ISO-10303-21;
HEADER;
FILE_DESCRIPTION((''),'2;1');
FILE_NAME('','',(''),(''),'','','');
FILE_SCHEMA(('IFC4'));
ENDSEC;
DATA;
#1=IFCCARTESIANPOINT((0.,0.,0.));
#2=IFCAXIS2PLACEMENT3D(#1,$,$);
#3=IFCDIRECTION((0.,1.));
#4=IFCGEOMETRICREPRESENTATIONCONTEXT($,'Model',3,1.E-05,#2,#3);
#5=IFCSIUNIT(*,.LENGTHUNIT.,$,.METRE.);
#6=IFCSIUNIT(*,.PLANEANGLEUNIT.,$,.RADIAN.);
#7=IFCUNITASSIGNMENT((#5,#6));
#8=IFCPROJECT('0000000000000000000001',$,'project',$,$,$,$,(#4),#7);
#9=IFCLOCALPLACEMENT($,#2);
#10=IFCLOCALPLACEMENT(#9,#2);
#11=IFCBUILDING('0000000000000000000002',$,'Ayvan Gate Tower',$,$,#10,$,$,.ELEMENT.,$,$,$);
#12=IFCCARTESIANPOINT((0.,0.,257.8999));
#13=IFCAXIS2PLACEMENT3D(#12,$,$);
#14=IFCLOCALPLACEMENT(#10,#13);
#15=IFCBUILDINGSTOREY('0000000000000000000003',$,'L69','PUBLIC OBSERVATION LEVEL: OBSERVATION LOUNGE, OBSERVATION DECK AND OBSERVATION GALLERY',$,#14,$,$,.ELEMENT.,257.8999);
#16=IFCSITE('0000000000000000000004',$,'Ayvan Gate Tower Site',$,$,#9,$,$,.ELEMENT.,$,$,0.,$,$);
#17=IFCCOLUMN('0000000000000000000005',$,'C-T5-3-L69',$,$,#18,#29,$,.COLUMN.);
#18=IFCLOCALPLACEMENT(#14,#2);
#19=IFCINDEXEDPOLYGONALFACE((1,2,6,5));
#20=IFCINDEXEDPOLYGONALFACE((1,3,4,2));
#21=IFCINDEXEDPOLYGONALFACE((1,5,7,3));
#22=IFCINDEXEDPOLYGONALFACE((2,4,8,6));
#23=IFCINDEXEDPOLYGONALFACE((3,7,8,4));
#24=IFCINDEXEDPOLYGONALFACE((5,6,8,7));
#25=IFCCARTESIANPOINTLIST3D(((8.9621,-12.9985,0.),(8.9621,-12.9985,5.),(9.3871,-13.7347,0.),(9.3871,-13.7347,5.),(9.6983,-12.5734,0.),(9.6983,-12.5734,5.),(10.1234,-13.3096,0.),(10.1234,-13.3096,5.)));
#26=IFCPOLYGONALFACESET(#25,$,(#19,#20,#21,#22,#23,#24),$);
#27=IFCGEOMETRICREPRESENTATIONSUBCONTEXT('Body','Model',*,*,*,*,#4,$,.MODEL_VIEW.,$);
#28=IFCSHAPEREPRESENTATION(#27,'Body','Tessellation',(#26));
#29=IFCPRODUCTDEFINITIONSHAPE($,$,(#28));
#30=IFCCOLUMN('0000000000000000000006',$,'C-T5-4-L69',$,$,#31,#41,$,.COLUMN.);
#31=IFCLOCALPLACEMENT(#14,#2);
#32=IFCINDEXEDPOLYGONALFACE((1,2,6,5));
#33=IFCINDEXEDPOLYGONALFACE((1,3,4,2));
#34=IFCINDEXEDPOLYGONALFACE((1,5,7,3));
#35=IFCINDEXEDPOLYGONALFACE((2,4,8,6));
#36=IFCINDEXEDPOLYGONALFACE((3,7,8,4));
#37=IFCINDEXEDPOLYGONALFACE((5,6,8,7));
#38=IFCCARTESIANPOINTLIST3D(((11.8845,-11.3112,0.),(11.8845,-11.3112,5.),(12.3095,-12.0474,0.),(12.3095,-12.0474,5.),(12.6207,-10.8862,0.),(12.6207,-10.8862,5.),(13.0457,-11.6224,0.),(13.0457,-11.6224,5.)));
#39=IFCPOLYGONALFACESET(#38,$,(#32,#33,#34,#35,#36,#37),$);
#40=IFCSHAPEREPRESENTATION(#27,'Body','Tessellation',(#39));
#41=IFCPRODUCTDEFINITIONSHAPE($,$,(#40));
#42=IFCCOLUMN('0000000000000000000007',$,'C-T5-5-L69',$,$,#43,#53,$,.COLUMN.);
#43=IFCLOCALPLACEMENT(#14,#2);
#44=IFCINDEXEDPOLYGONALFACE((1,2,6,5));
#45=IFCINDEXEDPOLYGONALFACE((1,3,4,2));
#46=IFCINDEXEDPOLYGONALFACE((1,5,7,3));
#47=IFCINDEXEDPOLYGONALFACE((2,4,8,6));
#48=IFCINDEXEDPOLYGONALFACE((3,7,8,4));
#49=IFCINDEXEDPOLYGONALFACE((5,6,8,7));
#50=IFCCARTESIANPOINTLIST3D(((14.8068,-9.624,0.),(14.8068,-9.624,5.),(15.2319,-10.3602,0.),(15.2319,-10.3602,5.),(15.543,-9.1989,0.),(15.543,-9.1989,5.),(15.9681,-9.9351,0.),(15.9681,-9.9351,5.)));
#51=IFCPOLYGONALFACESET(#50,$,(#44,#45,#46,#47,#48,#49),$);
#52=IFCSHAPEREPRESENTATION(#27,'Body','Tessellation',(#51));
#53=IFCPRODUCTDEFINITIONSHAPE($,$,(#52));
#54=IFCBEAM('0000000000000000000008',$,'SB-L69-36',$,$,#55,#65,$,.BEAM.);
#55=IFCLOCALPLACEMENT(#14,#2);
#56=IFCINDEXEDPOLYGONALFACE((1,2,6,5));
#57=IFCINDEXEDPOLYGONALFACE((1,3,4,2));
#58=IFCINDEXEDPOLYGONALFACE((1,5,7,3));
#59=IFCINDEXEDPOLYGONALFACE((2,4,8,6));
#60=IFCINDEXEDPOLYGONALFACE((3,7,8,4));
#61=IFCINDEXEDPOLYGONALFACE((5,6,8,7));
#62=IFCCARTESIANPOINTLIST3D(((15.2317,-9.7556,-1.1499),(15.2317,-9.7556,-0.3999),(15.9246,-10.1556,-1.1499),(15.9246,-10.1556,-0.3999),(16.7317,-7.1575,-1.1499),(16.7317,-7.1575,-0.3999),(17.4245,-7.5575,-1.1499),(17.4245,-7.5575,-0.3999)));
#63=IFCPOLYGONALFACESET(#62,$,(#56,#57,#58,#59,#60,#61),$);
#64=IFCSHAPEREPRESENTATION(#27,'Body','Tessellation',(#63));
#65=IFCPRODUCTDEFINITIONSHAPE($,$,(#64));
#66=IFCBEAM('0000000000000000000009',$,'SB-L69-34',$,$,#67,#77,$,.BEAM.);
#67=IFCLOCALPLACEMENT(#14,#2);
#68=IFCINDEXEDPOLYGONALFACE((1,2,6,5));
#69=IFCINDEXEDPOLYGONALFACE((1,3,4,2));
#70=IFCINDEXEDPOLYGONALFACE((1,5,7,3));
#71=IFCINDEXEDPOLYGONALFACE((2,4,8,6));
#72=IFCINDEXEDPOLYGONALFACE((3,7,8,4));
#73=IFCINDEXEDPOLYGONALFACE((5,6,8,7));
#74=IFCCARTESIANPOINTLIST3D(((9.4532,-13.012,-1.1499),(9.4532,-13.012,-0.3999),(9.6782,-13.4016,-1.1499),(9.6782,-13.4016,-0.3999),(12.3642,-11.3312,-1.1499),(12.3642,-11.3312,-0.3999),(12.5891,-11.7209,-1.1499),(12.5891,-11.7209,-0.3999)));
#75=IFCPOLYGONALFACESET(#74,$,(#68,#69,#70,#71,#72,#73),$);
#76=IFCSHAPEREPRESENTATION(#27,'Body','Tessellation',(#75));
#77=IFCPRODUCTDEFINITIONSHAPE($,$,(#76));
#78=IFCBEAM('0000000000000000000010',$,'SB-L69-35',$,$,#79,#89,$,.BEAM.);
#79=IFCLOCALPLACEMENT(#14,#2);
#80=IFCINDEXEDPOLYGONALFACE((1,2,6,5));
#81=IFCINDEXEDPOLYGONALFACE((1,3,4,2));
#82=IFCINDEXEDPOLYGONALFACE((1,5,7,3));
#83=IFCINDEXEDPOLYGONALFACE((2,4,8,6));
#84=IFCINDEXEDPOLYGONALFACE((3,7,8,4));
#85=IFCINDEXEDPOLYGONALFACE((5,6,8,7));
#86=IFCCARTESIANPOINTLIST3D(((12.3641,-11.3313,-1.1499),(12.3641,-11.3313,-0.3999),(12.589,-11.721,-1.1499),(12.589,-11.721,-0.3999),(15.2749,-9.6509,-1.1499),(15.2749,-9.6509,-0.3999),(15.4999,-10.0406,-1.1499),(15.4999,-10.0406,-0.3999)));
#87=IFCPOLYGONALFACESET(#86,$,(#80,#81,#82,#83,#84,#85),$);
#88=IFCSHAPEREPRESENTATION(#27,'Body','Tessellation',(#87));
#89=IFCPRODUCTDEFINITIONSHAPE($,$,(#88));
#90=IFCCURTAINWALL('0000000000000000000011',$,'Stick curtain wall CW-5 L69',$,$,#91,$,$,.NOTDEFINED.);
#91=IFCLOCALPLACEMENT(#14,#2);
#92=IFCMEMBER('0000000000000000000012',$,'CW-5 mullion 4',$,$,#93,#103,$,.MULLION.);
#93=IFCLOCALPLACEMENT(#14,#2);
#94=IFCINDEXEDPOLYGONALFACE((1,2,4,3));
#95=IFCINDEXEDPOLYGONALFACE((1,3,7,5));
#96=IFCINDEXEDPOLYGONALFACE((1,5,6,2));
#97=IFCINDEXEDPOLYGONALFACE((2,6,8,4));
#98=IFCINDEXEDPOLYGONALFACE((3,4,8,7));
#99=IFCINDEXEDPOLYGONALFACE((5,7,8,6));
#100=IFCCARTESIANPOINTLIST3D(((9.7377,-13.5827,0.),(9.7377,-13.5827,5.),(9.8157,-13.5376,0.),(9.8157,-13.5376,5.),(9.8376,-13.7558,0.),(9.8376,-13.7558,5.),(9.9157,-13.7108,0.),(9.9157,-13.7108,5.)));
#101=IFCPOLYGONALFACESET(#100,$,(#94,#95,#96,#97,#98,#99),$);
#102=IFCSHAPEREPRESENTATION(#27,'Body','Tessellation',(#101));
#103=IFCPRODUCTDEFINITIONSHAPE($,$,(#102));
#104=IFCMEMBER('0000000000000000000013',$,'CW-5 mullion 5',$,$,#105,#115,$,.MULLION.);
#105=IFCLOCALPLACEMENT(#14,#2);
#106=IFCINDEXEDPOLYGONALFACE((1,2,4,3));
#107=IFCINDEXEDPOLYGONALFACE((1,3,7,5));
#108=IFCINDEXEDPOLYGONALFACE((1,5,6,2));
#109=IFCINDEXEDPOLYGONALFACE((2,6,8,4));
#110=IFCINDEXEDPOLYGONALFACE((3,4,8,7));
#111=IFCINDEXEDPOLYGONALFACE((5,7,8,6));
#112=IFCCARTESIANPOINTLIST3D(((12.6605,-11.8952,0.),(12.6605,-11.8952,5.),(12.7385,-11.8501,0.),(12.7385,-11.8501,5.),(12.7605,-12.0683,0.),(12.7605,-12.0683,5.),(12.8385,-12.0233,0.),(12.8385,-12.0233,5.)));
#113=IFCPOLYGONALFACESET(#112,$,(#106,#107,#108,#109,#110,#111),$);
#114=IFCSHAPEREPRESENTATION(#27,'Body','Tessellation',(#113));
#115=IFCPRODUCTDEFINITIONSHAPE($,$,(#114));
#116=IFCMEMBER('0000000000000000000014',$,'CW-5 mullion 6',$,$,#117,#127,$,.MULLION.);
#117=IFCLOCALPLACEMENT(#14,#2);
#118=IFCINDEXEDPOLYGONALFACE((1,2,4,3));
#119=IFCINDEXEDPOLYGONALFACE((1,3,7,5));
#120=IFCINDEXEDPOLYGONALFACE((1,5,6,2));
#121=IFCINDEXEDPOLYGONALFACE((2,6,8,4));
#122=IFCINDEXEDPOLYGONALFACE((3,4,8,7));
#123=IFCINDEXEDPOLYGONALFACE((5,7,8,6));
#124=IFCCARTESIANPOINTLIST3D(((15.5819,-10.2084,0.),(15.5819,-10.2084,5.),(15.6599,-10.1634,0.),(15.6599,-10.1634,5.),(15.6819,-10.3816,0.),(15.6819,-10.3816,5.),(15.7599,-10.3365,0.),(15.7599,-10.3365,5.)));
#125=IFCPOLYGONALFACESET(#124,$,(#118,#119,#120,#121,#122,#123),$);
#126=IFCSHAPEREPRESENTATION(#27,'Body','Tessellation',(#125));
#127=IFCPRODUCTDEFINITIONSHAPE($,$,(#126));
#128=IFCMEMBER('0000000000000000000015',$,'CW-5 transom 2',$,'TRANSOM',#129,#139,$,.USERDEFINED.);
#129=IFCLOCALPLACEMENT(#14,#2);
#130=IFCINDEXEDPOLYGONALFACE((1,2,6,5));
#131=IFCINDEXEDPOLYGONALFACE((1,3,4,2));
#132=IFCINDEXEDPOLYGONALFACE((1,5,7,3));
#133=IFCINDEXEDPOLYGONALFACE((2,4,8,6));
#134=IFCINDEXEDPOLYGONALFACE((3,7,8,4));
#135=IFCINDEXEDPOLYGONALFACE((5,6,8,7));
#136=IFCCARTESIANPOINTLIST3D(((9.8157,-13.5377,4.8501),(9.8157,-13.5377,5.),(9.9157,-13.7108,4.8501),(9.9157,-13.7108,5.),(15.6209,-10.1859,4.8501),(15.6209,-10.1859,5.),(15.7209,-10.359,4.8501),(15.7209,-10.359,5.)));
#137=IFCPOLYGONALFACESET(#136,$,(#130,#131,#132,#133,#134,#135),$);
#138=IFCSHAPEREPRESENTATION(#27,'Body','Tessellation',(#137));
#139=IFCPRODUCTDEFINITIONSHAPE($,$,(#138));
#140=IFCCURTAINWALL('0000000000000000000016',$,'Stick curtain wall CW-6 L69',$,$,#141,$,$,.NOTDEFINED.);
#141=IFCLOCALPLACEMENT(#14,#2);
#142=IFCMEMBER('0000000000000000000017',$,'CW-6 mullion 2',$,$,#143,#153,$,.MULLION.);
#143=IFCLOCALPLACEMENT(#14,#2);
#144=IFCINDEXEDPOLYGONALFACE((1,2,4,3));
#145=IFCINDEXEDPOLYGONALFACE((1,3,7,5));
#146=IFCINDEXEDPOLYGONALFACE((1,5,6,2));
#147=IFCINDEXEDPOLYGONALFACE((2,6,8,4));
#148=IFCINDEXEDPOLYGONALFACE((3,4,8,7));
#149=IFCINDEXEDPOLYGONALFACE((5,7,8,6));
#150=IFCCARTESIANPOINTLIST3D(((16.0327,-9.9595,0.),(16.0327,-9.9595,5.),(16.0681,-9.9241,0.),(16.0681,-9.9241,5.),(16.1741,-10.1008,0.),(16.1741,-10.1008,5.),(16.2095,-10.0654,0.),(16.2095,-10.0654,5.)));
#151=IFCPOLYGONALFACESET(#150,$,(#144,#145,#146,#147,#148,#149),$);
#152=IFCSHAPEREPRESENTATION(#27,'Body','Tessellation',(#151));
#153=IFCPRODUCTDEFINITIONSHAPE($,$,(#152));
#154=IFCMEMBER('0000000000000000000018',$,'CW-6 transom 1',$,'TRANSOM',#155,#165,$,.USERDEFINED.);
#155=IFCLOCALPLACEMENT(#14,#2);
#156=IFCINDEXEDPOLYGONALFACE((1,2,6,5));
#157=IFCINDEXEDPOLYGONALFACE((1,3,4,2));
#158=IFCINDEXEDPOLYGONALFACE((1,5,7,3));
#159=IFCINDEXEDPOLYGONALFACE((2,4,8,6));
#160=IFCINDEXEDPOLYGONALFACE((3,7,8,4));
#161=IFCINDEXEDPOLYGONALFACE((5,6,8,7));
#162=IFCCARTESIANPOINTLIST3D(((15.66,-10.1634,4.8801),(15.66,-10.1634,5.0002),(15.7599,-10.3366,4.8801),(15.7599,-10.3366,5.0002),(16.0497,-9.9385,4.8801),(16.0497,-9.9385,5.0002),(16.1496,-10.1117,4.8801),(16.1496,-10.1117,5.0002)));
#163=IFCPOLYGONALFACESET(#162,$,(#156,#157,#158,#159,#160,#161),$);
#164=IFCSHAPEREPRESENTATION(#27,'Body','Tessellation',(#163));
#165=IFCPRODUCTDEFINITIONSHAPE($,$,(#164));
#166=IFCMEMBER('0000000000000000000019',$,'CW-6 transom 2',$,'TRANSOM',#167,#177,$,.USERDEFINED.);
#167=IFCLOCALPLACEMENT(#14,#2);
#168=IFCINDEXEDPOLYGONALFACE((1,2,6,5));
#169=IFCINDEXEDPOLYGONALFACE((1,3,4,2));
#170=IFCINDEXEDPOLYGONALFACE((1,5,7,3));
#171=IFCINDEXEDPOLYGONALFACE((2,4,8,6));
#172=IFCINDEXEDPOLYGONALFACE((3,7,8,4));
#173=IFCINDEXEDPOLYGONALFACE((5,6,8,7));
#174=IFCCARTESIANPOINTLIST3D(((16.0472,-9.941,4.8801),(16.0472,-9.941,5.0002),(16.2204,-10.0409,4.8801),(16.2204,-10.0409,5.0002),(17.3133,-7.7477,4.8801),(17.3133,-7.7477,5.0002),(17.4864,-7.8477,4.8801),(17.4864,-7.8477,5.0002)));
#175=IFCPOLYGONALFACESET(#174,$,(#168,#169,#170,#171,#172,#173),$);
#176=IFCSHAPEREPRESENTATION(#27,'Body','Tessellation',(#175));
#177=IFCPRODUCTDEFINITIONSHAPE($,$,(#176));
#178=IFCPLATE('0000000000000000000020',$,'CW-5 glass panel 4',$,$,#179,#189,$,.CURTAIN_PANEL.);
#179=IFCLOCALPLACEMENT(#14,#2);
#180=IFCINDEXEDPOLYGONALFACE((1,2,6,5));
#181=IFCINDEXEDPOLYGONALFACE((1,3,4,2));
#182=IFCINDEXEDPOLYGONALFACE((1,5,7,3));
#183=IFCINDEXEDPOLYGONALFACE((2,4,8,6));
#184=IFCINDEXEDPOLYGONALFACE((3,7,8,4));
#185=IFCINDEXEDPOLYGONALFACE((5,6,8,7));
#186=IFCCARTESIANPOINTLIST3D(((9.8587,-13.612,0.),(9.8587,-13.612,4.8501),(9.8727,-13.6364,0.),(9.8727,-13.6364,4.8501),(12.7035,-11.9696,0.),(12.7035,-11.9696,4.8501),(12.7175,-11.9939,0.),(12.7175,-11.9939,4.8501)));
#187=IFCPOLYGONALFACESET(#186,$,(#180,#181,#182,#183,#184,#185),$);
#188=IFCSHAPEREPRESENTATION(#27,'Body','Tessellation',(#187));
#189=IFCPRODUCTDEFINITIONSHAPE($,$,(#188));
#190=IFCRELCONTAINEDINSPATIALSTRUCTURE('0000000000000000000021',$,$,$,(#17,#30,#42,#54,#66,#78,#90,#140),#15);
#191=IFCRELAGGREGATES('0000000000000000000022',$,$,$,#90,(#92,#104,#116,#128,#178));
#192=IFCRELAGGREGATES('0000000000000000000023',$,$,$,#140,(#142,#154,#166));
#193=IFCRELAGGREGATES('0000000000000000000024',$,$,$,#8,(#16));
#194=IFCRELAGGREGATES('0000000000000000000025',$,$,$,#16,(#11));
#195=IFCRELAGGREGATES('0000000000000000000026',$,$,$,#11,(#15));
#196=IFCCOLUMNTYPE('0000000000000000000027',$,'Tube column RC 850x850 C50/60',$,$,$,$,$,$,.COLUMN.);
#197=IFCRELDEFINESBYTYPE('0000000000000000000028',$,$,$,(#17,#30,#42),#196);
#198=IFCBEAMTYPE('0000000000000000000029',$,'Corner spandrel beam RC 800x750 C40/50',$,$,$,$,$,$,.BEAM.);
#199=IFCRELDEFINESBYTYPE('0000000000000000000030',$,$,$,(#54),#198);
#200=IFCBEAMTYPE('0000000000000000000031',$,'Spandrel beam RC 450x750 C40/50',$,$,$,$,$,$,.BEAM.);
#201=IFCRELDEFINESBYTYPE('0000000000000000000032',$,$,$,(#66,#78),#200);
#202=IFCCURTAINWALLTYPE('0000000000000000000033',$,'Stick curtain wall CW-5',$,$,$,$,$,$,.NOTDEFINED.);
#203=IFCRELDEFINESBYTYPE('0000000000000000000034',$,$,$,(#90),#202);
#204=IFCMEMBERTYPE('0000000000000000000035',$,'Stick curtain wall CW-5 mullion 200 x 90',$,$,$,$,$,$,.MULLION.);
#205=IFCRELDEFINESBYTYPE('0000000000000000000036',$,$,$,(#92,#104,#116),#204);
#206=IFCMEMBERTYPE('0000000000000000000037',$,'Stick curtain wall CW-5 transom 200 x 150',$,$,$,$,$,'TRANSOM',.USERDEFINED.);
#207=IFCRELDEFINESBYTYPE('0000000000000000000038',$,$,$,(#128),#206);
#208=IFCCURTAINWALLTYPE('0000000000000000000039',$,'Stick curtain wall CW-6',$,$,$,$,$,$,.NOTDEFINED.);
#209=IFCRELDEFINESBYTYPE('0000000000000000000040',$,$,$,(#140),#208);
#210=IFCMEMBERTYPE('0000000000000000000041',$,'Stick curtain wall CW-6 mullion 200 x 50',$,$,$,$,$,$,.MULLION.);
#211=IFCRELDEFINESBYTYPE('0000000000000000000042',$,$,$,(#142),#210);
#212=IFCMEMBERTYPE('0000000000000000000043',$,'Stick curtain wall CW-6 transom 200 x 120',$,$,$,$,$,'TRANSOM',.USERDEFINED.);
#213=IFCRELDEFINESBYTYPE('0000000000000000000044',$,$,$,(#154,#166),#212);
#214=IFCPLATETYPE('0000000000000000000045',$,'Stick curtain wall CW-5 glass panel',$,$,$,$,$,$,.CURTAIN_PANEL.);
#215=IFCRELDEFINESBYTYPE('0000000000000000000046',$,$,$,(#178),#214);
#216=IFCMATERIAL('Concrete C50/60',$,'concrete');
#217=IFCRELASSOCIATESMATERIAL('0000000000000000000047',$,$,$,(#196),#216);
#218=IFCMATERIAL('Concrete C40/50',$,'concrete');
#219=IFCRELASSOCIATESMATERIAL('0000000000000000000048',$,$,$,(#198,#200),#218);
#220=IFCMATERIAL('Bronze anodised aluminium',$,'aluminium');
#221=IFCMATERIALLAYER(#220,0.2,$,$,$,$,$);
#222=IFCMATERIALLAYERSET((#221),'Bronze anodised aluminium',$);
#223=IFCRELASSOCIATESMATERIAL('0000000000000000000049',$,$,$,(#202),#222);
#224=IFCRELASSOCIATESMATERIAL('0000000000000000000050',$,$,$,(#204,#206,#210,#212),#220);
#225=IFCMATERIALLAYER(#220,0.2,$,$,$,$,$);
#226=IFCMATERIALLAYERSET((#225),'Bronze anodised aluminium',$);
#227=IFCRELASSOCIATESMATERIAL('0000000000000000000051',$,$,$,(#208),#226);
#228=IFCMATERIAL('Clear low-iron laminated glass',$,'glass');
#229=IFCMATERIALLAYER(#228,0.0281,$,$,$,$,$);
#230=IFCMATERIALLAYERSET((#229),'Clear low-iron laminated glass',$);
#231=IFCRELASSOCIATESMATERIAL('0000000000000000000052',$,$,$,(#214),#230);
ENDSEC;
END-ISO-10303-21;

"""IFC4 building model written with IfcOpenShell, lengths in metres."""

from ifc_helpers import new_model, si_unit, direction, frame, origin, origin_2d, place, context, subcontext, project, spatial, rectangle, extrude, material, layer, layer_set, material_profile, profile_set, type_object, element, aggregate, save


model = new_model("IFC4")

# Units and contexts
model_context = context("Model", 3, precision=1e-05, world=origin(), true_north=direction((0.0, 1.0)))
body_context = subcontext(model_context, "Body", "Model", "MODEL_VIEW")
ifc_project = project(units=[si_unit("LENGTHUNIT", "METRE"), si_unit("PLANEANGLEUNIT", "RADIAN")], contexts=[model_context])

# Site, building, storey
site_placement = place(None, origin())
site = spatial("IfcSite", under=ifc_project, at=site_placement, Name="Ayvan Gate Tower Site", CompositionType="ELEMENT", RefElevation=0.0)
building_placement = place(site_placement, origin())
building = spatial("IfcBuilding", under=site, at=building_placement, Name="Ayvan Gate Tower", CompositionType="ELEMENT")
storey_placement = place(building_placement, frame((0.0, 0.0, 257.8999)))
storey = spatial("IfcBuildingStorey", under=building, at=storey_placement, Name="L69", Description="PUBLIC OBSERVATION LEVEL: OBSERVATION LOUNGE, OBSERVATION DECK AND OBSERVATION GALLERY", CompositionType="ELEMENT", Elevation=257.8999)

# Columns
ifc_material_1 = material(Name="Concrete C50/60", Category="concrete")
ifc_material_profile_1 = material_profile(ifc_material_1, rectangle(XDim=0.8501, YDim=0.8501, at=origin_2d()), Name="RC 850x850")
ifc_profile_set_1 = profile_set([ifc_material_profile_1], Name="Concrete C50/60")
column_type = type_object("IfcColumnType", Name="Tube column RC 850x850 C50/60", PredefinedType="COLUMN", material=ifc_profile_set_1)
for number, where, z_axis, x_axis, name in (
    (1, (9.5427, -13.1541, 0.0), (0.0, 0.0, 1.0), (0.5, -0.866025, 0.0), "C-T5-3-L69"),
    (2, (12.4651, -11.4668, 0.0), (0.0, 0.0, 1.0), (0.5, -0.866025, 0.0), "C-T5-4-L69"),
    (3, (15.3875, -9.7795, 0.0), (0.0, 0.0, 1.0), (0.5, -0.866025, 0.0), "C-T5-5-L69"),
):
    element("IfcColumn", number, at=place(storey_placement, frame(where, z_axis=z_axis, x_axis=x_axis)), inside=storey, type_object=column_type, Name=name, PredefinedType="COLUMN", context=body_context, shape_type="SweptSolid", body=[
        extrude(rectangle(XDim=0.8501, YDim=0.8501, at=origin_2d()), origin(), (0.0, 0.0, 1.0), 5.0),
    ])

# Beams
ifc_material_2 = material(Name="Concrete C40/50", Category="concrete")
ifc_material_profile_2 = material_profile(ifc_material_2, rectangle(XDim=0.8, YDim=0.75, at=origin_2d()), Name="RC 800x750")
ifc_profile_set_2 = profile_set([ifc_material_profile_2], Name="Concrete C40/50")
beam_type_1 = type_object("IfcBeamType", Name="Corner spandrel beam RC 800x750 C40/50", PredefinedType="BEAM", material=ifc_profile_set_2)
beam_1_placement = place(storey_placement, frame((15.5781, -9.9556, -0.7749), z_axis=(0.49999, 0.866031, 0.0), x_axis=(-0.866031, 0.49999, 0.0)))
element("IfcBeam", 4, at=beam_1_placement, inside=storey, type_object=beam_type_1, Name="SB-L69-36", PredefinedType="BEAM", context=body_context, shape_type="SweptSolid", body=[
    extrude(rectangle(XDim=0.8, YDim=0.75, at=origin_2d()), origin(), (0.0, 0.0, 1.0), 3.0),
])
ifc_material_profile_3 = material_profile(ifc_material_2, rectangle(XDim=0.45, YDim=0.75, at=origin_2d()), Name="RC 450x750")
ifc_profile_set_3 = profile_set([ifc_material_profile_3], Name="Concrete C40/50")
beam_type_2 = type_object("IfcBeamType", Name="Spandrel beam RC 450x750 C40/50", PredefinedType="BEAM", material=ifc_profile_set_3)
beam_2_placement = place(storey_placement, frame((9.5657, -13.2068, -0.7749), z_axis=(0.866017, 0.500014, 0.0), x_axis=(-0.500014, 0.866017, 0.0)))
element("IfcBeam", 5, at=beam_2_placement, inside=storey, type_object=beam_type_2, Name="SB-L69-34", PredefinedType="BEAM", context=body_context, shape_type="SweptSolid", body=[
    extrude(rectangle(XDim=0.45, YDim=0.75, at=origin_2d()), origin(), (0.0, 0.0, 1.0), 3.3613),
])
beam_3_placement = place(storey_placement, frame((12.4766, -11.5261, -0.7749), z_axis=(0.866049, 0.499959, 0.0), x_axis=(-0.499959, 0.866049, 0.0)))
element("IfcBeam", 6, at=beam_3_placement, inside=storey, type_object=beam_type_2, Name="SB-L69-35", PredefinedType="BEAM", context=body_context, shape_type="SweptSolid", body=[
    extrude(rectangle(XDim=0.45, YDim=0.75, at=origin_2d()), origin(), (0.0, 0.0, 1.0), 3.3611),
])

# Curtain walls, members
ifc_material_3 = material(Name="Bronze anodised aluminium", Category="aluminium")
ifc_layer_1 = layer(ifc_material_3, 0.2)
ifc_layer_set_1 = layer_set([ifc_layer_1], Name="Bronze anodised aluminium")
curtain_wall_type_1 = type_object("IfcCurtainWallType", Name="Stick curtain wall CW-5", PredefinedType="NOTDEFINED", material=ifc_layer_set_1)
curtain_wall_1_placement = place(storey_placement, origin())
curtain_wall_1 = element("IfcCurtainWall", 7, at=curtain_wall_1_placement, inside=storey, type_object=curtain_wall_type_1, Name="Stick curtain wall CW-5 L69", PredefinedType="NOTDEFINED")
ifc_material_profile_4 = material_profile(ifc_material_3, rectangle(XDim=0.2, YDim=0.0901, at=origin_2d()), Name="Stick curtain wall CW-5 mullion 200 x 90")
ifc_profile_set_4 = profile_set([ifc_material_profile_4], Name="Bronze anodised aluminium")
member_type_1 = type_object("IfcMemberType", Name="Stick curtain wall CW-5 mullion 200 x 90", PredefinedType="MULLION", material=ifc_profile_set_4)
member_1_placement = place(storey_placement, frame((9.8267, -13.6467, 0.0), z_axis=(0.0, 0.0, 1.0), x_axis=(0.5, -0.866025, 0.0)))
member_1 = element("IfcMember", 8, at=member_1_placement, type_object=member_type_1, Name="CW-5 mullion 4", PredefinedType="MULLION", context=body_context, shape_type="SweptSolid", body=[
    extrude(rectangle(XDim=0.2, YDim=0.0901, at=origin_2d()), origin(), (0.0, 0.0, 1.0), 5.0),
])
member_2_placement = place(storey_placement, frame((12.7495, -11.9592, 0.0), z_axis=(0.0, 0.0, 1.0), x_axis=(0.5, -0.866025, 0.0)))
member_2 = element("IfcMember", 9, at=member_2_placement, type_object=member_type_1, Name="CW-5 mullion 5", PredefinedType="MULLION", context=body_context, shape_type="SweptSolid", body=[
    extrude(rectangle(XDim=0.2, YDim=0.0901, at=origin_2d()), origin(), (0.0, 0.0, 1.0), 5.0),
])
member_3_placement = place(storey_placement, frame((15.6709, -10.2725, 0.0), z_axis=(0.0, 0.0, 1.0), x_axis=(0.5, -0.866025, 0.0)))
member_3 = element("IfcMember", 10, at=member_3_placement, type_object=member_type_1, Name="CW-5 mullion 6", PredefinedType="MULLION", context=body_context, shape_type="SweptSolid", body=[
    extrude(rectangle(XDim=0.2, YDim=0.0901, at=origin_2d()), origin(), (0.0, 0.0, 1.0), 5.0),
])
ifc_material_profile_5 = material_profile(ifc_material_3, rectangle(XDim=0.2, YDim=0.1499, at=origin_2d()), Name="Stick curtain wall CW-5 transom 200 x 150")
ifc_profile_set_5 = profile_set([ifc_material_profile_5], Name="Bronze anodised aluminium")
member_type_2 = type_object("IfcMemberType", Name="Stick curtain wall CW-5 transom 200 x 150", ElementType="TRANSOM", PredefinedType="USERDEFINED", material=ifc_profile_set_5)
member_4_placement = place(storey_placement, frame((9.8657, -13.6243, 4.925), z_axis=(0.866013, 0.500021, 0.0), x_axis=(-0.500021, 0.866013, 0.0)))
member_4 = element("IfcMember", 11, at=member_4_placement, type_object=member_type_2, Name="CW-5 transom 2", ObjectType="TRANSOM", PredefinedType="USERDEFINED", context=body_context, shape_type="SweptSolid", body=[
    extrude(rectangle(XDim=0.2, YDim=0.1499, at=origin_2d()), origin(), (0.0, 0.0, 1.0), 6.7034),
])
ifc_layer_2 = layer(ifc_material_3, 0.2)
ifc_layer_set_2 = layer_set([ifc_layer_2], Name="Bronze anodised aluminium")
curtain_wall_type_2 = type_object("IfcCurtainWallType", Name="Stick curtain wall CW-6", PredefinedType="NOTDEFINED", material=ifc_layer_set_2)
curtain_wall_2_placement = place(storey_placement, origin())
curtain_wall_2 = element("IfcCurtainWall", 12, at=curtain_wall_2_placement, inside=storey, type_object=curtain_wall_type_2, Name="Stick curtain wall CW-6 L69", PredefinedType="NOTDEFINED")
ifc_material_profile_6 = material_profile(ifc_material_3, rectangle(XDim=0.2, YDim=0.05, at=origin_2d()), Name="Stick curtain wall CW-6 mullion 200 x 50")
ifc_profile_set_6 = profile_set([ifc_material_profile_6], Name="Bronze anodised aluminium")
member_type_3 = type_object("IfcMemberType", Name="Stick curtain wall CW-6 mullion 200 x 50", PredefinedType="MULLION", material=ifc_profile_set_6)
member_5_placement = place(storey_placement, frame((16.1211, -10.0125, 0.0), z_axis=(0.0, 0.0, 1.0), x_axis=(0.707107, -0.707107, 0.0)))
member_5 = element("IfcMember", 13, at=member_5_placement, type_object=member_type_3, Name="CW-6 mullion 2", PredefinedType="MULLION", context=body_context, shape_type="SweptSolid", body=[
    extrude(rectangle(XDim=0.2, YDim=0.05, at=origin_2d()), origin(), (0.0, 0.0, 1.0), 5.0),
])
ifc_material_profile_7 = material_profile(ifc_material_3, rectangle(XDim=0.2, YDim=0.1201, at=origin_2d()), Name="Stick curtain wall CW-6 transom 200 x 120")
ifc_profile_set_7 = profile_set([ifc_material_profile_7], Name="Bronze anodised aluminium")
member_type_4 = type_object("IfcMemberType", Name="Stick curtain wall CW-6 transom 200 x 120", ElementType="TRANSOM", PredefinedType="USERDEFINED", material=ifc_profile_set_7)
member_6_placement = place(storey_placement, frame((15.71, -10.25, 4.9402), z_axis=(0.866131, 0.499816, 0.0), x_axis=(-0.499816, 0.866131, 0.0)))
member_6 = element("IfcMember", 14, at=member_6_placement, type_object=member_type_4, Name="CW-6 transom 1", ObjectType="TRANSOM", PredefinedType="USERDEFINED", context=body_context, shape_type="SweptSolid", body=[
    extrude(rectangle(XDim=0.2, YDim=0.1201, at=origin_2d()), origin(), (0.0, 0.0, 1.0), 0.45),
])
member_7_placement = place(storey_placement, frame((16.1338, -9.991, 4.9402), z_axis=(0.499934, 0.866064, 0.0), x_axis=(-0.866064, 0.499934, 0.0)))
member_7 = element("IfcMember", 15, at=member_7_placement, type_object=member_type_4, Name="CW-6 transom 2", ObjectType="TRANSOM", PredefinedType="USERDEFINED", context=body_context, shape_type="SweptSolid", body=[
    extrude(rectangle(XDim=0.2, YDim=0.1201, at=origin_2d()), origin(), (0.0, 0.0, 1.0), 2.5325),
])

# Plate
ifc_material_4 = material(Name="Clear low-iron laminated glass", Category="glass")
ifc_layer_3 = layer(ifc_material_4, 0.0281)
ifc_layer_set_3 = layer_set([ifc_layer_3], Name="Clear low-iron laminated glass")
plate_type_1 = type_object("IfcPlateType", Name="Stick curtain wall CW-5 glass panel", PredefinedType="CURTAIN_PANEL", material=ifc_layer_set_3)
plate_1_placement = place(storey_placement, frame((11.2881, -12.803, 0.0), z_axis=(0.0, 0.0, 1.0), x_axis=(0.866025, 0.5, 0.0)))
plate_1 = element("IfcPlate", 16, at=plate_1_placement, type_object=plate_type_1, Name="CW-5 glass panel 4", PredefinedType="CURTAIN_PANEL", context=body_context, shape_type="SweptSolid", body=[
    extrude(rectangle(XDim=3.2849, YDim=0.0281, at=origin_2d()), origin(), (0.0, 0.0, 1.0), 4.8501),
])
aggregate(curtain_wall_1, [member_1, member_2, member_3, member_4, plate_1])
aggregate(curtain_wall_2, [member_5, member_6, member_7])

save(model, "model.ifc")
